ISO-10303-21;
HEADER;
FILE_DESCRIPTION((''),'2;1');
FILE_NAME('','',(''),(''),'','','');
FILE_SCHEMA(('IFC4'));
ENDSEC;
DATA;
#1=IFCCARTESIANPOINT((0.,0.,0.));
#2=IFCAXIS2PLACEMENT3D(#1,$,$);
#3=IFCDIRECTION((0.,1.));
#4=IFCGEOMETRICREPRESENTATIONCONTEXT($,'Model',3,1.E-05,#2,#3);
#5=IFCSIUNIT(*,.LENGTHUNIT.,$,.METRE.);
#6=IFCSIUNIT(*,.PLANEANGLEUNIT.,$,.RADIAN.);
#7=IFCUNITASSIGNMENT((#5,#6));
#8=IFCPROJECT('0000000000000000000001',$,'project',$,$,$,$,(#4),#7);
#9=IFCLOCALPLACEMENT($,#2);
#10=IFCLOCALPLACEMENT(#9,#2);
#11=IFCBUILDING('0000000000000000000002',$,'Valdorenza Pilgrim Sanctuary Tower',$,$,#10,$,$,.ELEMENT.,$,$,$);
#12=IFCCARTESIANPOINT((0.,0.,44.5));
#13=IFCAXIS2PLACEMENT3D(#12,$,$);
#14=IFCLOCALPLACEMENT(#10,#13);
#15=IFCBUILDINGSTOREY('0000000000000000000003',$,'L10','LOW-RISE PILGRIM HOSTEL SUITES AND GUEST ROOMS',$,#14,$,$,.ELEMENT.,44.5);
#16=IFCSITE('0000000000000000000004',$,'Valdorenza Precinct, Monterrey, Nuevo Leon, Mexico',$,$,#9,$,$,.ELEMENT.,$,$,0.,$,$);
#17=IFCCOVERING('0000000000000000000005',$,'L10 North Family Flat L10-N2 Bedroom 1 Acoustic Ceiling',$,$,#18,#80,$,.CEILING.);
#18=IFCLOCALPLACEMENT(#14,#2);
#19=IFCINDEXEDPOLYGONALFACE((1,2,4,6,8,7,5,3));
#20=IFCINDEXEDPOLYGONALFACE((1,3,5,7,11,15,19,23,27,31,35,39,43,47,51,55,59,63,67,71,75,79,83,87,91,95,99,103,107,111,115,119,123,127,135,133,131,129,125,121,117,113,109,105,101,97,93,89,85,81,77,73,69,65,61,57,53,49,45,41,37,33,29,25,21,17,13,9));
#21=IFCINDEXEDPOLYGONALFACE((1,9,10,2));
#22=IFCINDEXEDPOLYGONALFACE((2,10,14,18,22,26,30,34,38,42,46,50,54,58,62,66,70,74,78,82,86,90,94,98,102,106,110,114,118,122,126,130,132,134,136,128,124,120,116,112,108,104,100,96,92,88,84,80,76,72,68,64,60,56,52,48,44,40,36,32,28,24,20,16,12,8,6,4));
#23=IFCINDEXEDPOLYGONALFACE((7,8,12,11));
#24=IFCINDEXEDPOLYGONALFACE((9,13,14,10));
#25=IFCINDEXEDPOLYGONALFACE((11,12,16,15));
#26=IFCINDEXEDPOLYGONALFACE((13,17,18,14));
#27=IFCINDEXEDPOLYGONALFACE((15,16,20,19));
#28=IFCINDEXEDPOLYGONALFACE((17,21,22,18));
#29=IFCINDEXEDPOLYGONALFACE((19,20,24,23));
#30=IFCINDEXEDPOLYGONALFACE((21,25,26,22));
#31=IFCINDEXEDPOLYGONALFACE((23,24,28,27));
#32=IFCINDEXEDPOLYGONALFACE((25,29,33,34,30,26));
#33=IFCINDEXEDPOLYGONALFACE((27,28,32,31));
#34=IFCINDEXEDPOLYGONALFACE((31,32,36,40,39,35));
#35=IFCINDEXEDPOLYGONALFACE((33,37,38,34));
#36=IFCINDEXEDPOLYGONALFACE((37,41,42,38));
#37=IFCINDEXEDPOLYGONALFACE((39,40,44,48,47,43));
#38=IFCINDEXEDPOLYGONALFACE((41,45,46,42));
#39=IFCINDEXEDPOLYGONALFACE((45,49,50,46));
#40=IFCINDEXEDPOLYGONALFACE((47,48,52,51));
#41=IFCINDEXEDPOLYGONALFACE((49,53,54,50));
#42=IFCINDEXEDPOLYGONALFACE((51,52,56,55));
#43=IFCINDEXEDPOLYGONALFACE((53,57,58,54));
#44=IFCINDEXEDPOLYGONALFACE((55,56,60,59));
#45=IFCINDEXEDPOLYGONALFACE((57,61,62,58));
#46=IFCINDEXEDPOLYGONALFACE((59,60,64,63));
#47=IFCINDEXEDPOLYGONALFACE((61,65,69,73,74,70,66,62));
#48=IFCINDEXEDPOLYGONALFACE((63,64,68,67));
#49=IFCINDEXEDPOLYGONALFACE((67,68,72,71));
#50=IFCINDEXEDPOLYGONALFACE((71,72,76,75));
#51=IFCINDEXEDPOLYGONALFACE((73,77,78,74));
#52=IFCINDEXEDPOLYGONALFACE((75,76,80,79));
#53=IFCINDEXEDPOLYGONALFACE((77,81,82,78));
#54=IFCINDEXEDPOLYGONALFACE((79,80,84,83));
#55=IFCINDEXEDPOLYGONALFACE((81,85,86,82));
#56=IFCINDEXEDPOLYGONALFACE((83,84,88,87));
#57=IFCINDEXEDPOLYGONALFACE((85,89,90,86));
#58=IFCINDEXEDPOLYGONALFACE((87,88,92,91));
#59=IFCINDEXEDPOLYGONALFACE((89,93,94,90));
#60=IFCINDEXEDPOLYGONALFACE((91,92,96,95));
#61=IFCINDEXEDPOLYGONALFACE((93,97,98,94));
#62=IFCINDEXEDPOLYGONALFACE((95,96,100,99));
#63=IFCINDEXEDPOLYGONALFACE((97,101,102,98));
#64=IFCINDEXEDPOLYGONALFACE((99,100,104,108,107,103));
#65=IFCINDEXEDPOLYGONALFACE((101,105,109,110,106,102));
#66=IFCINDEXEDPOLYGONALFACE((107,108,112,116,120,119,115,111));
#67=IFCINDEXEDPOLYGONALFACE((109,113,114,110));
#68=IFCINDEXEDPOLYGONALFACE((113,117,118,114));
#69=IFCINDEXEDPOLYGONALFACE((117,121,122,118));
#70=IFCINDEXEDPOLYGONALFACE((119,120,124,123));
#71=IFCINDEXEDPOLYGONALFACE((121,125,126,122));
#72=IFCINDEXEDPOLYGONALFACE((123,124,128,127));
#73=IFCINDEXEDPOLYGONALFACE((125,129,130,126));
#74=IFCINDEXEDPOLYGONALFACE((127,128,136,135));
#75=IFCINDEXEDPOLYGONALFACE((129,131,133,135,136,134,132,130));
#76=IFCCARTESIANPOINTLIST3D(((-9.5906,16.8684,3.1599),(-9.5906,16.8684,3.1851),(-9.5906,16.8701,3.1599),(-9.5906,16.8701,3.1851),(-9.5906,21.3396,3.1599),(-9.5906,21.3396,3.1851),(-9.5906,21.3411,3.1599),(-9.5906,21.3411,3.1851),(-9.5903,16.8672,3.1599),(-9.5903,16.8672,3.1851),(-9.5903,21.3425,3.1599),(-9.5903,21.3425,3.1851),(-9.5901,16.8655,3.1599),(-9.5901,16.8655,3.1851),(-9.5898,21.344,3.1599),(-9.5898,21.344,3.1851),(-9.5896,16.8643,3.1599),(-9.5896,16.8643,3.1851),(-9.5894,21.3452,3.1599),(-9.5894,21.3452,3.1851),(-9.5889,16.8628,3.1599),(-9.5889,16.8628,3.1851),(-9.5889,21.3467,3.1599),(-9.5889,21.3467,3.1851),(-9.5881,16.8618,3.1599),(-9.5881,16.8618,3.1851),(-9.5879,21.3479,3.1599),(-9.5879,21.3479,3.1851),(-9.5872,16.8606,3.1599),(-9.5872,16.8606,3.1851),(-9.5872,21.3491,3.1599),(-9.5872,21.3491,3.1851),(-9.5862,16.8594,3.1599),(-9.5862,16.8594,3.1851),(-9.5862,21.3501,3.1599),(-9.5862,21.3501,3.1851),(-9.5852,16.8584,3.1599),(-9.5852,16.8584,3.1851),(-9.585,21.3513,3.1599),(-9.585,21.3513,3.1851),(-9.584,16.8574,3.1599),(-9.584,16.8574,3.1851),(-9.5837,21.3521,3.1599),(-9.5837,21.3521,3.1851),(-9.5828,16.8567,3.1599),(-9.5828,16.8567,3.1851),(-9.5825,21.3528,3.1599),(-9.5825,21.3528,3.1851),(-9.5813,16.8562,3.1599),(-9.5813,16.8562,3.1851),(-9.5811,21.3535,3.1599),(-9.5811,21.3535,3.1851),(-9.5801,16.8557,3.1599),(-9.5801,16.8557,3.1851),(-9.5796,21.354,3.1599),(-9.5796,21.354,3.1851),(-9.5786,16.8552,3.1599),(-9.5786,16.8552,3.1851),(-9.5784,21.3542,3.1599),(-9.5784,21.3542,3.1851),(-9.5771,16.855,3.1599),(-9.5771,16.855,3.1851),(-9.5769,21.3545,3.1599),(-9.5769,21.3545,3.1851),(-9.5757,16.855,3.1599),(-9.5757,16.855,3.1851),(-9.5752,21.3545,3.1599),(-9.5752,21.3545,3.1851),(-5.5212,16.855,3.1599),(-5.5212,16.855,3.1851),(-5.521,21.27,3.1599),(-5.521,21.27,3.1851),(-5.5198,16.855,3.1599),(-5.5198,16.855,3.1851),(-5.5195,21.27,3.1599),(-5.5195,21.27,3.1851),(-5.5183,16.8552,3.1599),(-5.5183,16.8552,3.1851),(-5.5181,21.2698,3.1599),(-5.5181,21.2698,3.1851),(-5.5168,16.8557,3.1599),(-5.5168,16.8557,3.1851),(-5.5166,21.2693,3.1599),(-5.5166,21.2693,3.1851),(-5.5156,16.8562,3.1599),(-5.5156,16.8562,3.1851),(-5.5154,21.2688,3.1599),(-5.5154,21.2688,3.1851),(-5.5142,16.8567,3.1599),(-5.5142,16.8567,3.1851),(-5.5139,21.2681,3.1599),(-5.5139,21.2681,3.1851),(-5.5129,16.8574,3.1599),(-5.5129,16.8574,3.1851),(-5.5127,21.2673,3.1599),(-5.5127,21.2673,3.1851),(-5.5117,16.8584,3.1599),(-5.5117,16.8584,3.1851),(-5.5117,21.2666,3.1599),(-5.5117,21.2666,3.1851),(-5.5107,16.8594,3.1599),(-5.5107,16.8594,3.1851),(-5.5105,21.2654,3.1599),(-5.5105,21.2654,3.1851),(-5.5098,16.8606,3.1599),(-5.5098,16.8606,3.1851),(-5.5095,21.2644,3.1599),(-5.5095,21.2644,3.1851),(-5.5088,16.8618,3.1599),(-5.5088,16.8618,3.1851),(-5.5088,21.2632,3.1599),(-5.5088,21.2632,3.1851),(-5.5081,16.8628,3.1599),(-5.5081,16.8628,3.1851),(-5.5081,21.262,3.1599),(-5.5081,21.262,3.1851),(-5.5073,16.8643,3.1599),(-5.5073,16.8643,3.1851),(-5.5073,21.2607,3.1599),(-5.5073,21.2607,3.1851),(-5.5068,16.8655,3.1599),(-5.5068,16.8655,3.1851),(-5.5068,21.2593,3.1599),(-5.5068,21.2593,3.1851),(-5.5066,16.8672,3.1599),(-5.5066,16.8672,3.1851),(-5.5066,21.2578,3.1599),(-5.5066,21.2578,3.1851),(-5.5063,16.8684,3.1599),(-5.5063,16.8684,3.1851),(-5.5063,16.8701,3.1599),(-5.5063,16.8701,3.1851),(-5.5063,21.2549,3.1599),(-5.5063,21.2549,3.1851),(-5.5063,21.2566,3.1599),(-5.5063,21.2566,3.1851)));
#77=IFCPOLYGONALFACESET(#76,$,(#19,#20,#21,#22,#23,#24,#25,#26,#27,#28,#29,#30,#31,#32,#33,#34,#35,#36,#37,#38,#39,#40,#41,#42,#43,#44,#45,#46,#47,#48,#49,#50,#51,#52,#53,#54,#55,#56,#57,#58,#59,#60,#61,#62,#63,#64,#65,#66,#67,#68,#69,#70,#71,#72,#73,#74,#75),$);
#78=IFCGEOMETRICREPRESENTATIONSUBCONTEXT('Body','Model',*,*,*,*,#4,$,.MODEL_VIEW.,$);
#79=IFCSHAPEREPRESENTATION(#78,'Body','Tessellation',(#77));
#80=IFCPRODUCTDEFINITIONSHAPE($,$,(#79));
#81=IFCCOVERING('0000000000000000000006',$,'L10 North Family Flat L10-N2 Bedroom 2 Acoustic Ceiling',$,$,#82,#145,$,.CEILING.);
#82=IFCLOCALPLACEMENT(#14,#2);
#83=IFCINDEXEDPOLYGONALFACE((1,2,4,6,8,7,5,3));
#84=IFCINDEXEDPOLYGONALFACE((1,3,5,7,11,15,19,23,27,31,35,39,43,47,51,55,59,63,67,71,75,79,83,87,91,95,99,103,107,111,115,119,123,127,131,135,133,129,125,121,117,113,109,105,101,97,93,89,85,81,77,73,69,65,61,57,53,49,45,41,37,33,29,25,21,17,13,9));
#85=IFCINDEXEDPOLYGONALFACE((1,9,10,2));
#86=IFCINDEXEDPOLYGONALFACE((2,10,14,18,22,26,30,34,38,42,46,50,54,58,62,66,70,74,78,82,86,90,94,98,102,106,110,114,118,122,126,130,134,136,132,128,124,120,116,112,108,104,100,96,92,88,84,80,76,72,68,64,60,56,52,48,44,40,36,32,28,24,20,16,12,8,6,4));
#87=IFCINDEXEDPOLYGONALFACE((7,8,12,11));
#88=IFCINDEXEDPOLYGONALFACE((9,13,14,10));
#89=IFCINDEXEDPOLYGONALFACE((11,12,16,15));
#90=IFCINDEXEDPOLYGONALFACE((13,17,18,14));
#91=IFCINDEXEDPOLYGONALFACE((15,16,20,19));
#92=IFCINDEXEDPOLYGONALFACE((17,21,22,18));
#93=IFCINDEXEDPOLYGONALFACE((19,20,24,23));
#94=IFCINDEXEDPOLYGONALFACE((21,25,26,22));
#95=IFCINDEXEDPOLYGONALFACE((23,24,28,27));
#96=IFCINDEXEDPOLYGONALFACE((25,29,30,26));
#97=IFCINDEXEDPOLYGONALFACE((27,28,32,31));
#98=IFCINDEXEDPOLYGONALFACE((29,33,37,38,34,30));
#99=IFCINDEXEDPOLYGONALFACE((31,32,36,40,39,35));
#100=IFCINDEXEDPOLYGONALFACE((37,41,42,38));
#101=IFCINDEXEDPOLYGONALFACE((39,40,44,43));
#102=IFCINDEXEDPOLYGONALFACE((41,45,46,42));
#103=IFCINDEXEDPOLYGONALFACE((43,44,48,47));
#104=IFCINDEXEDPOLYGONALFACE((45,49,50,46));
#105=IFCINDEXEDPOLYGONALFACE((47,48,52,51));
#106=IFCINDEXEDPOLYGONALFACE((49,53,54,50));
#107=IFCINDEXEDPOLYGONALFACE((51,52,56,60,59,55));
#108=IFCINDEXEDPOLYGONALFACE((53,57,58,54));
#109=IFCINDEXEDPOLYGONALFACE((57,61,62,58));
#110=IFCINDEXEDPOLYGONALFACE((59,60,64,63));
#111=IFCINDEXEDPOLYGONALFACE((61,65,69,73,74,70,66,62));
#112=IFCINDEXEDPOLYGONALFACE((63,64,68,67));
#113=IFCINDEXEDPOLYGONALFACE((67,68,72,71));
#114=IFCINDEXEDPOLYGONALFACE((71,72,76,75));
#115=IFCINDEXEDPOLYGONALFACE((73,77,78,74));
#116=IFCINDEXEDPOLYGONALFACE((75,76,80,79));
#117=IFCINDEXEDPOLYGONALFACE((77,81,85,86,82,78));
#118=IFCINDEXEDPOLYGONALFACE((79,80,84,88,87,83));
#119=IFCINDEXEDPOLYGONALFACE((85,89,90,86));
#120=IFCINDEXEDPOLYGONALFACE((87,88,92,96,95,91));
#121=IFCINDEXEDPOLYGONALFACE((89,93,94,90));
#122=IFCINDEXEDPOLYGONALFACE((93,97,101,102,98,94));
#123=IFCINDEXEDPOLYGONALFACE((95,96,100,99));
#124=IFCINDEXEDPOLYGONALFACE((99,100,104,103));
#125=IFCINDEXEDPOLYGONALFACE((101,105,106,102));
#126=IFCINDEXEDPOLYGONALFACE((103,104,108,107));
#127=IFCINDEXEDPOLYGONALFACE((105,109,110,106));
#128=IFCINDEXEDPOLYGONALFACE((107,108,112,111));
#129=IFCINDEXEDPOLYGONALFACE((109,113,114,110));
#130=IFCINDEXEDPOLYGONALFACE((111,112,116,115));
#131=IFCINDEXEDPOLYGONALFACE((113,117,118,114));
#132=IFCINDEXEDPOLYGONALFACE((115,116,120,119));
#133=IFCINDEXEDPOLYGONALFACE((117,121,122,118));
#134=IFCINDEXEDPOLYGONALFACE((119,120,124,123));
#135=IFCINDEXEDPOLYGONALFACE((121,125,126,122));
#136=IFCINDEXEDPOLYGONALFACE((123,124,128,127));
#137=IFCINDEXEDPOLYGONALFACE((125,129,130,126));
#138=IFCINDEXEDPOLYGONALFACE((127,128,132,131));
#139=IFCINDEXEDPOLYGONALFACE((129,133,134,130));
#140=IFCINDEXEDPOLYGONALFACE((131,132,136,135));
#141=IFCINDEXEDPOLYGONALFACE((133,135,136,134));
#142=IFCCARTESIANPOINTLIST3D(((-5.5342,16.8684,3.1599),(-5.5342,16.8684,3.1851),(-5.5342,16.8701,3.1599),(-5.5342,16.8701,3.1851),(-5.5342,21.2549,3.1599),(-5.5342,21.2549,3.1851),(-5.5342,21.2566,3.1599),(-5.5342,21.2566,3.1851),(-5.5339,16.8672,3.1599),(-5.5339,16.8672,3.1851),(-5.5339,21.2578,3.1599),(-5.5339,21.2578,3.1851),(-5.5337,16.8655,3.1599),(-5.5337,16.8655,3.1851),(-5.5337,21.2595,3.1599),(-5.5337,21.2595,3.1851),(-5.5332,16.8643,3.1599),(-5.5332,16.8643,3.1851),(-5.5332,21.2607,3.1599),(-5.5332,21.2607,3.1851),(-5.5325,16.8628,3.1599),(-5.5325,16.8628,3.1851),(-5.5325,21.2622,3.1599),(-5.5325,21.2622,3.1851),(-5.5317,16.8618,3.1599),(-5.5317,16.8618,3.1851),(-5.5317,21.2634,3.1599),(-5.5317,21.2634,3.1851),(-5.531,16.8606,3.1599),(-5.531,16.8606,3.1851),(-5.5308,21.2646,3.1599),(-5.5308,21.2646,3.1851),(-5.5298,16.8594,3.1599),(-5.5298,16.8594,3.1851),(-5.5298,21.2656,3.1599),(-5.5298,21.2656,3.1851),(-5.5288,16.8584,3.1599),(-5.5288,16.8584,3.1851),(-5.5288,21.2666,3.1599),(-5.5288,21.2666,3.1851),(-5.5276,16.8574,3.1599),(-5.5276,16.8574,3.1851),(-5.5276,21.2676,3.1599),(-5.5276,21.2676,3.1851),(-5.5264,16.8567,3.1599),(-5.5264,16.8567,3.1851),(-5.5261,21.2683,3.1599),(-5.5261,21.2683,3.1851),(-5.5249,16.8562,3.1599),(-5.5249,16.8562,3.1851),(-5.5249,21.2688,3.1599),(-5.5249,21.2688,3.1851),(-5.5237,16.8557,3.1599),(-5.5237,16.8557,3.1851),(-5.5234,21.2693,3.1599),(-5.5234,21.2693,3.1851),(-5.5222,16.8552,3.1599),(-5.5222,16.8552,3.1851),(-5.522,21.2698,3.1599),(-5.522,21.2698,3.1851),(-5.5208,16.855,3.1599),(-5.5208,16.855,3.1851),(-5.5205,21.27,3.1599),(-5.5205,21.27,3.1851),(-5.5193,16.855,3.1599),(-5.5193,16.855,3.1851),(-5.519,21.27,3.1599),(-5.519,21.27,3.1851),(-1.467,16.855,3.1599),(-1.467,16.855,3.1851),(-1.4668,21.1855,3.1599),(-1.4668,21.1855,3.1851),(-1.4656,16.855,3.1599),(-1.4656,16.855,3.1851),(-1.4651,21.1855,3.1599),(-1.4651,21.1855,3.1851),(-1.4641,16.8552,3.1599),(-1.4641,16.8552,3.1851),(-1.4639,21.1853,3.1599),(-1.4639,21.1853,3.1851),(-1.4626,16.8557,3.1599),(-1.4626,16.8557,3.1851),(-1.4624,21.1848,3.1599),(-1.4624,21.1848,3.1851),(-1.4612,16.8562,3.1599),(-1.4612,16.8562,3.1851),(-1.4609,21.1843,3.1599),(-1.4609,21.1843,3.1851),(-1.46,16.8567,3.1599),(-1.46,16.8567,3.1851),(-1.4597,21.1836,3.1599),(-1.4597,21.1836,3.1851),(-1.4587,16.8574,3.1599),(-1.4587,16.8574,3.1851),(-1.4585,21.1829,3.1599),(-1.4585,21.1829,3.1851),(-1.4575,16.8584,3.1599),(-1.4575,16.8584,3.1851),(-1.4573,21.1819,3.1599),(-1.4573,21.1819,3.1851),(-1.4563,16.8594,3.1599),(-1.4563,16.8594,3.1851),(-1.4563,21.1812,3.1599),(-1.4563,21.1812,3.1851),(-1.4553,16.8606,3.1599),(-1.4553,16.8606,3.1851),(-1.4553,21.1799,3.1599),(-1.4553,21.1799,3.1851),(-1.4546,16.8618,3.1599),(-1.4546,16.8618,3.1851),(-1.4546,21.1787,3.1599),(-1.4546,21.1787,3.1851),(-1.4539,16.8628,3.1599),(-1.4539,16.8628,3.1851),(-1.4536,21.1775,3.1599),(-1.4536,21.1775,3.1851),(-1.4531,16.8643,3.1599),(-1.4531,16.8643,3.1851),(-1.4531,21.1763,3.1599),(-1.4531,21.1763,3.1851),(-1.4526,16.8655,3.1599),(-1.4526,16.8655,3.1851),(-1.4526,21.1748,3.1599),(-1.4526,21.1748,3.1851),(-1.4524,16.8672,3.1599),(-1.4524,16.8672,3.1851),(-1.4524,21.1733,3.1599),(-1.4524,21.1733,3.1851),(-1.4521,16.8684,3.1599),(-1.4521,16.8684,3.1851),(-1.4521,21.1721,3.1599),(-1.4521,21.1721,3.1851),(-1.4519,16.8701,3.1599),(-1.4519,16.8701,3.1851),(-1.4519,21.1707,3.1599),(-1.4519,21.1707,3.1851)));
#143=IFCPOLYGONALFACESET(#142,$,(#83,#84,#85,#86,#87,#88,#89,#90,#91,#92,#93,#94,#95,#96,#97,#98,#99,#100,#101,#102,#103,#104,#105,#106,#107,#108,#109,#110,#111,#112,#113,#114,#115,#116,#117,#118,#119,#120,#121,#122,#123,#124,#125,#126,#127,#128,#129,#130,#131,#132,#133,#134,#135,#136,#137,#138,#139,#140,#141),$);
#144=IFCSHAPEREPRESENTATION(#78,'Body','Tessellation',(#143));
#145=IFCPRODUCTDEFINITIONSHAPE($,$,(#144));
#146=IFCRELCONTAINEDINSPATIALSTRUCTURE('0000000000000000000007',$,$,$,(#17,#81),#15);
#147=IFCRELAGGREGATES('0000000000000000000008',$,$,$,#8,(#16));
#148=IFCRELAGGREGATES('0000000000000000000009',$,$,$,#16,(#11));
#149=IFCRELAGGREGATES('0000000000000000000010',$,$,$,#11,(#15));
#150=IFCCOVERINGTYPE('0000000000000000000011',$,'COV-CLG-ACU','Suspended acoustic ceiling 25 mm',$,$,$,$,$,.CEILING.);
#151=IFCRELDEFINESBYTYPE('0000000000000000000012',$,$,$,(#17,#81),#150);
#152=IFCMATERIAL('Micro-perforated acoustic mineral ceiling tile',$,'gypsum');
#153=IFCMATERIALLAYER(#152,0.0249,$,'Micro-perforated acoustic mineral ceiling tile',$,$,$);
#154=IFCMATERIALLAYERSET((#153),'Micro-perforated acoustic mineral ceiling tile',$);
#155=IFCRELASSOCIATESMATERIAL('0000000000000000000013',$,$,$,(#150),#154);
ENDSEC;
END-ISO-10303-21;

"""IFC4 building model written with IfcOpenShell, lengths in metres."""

from ifc_helpers import new_model, si_unit, direction, frame, origin, place, context, subcontext, project, spatial, polyline, outline, extrude, material, layer, layer_set, type_object, element, save


model = new_model("IFC4")

# Units and contexts
model_context = context("Model", 3, precision=1e-05, world=origin(), true_north=direction((0.0, 1.0)))
body_context = subcontext(model_context, "Body", "Model", "MODEL_VIEW")
ifc_project = project(units=[si_unit("LENGTHUNIT", "METRE"), si_unit("PLANEANGLEUNIT", "RADIAN")], contexts=[model_context])

# Site, building, storey
site_placement = place(None, origin())
site = spatial("IfcSite", under=ifc_project, at=site_placement, Name="Valdorenza Precinct, Monterrey, Nuevo Leon, Mexico", CompositionType="ELEMENT", RefElevation=0.0)
building_placement = place(site_placement, origin())
building = spatial("IfcBuilding", under=site, at=building_placement, Name="Valdorenza Pilgrim Sanctuary Tower", CompositionType="ELEMENT")
storey_placement = place(building_placement, frame((0.0, 0.0, 44.5)))
storey = spatial("IfcBuildingStorey", under=building, at=storey_placement, Name="L10", Description="LOW-RISE PILGRIM HOSTEL SUITES AND GUEST ROOMS", CompositionType="ELEMENT", Elevation=44.5)

# Coverings
ifc_material_1 = material(Name="Micro-perforated acoustic mineral ceiling tile", Category="gypsum")
ifc_layer_1 = layer(ifc_material_1, 0.0249, Name="Micro-perforated acoustic mineral ceiling tile")
ifc_layer_set_1 = layer_set([ifc_layer_1], Name="Micro-perforated acoustic mineral ceiling tile")
covering_type_1 = type_object("IfcCoveringType", Name="COV-CLG-ACU", Description="Suspended acoustic ceiling 25 mm", PredefinedType="CEILING", material=ifc_layer_set_1)
covering_1_placement = place(storey_placement, frame((0.0, 0.0, 3.1599)))
element("IfcCovering", 1, at=covering_1_placement, inside=storey, type_object=covering_type_1, Name="L10 North Family Flat L10-N2 Bedroom 1 Acoustic Ceiling", PredefinedType="CEILING", context=body_context, shape_type="SweptSolid", body=[
    extrude(outline(polyline([(-9.5757, 16.855), (-9.5771, 16.855), (-9.5786, 16.8552), (-9.5801, 16.8557), (-9.5813, 16.8562), (-9.5828, 16.8567), (-9.584, 16.8574), (-9.5852, 16.8584), (-9.5862, 16.8594), (-9.5872, 16.8606), (-9.5881, 16.8618), (-9.5889, 16.8628), (-9.5896, 16.8643), (-9.5901, 16.8655), (-9.5903, 16.8672), (-9.5906, 16.8684), (-9.5906, 16.8701), (-9.5906, 21.3396), (-9.5906, 21.3411), (-9.5903, 21.3425), (-9.5898, 21.344), (-9.5894, 21.3452), (-9.5889, 21.3467), (-9.5879, 21.3479), (-9.5872, 21.3491), (-9.5862, 21.3501), (-9.585, 21.3513), (-9.5837, 21.3521), (-9.5825, 21.3528), (-9.5811, 21.3535), (-9.5796, 21.354), (-9.5784, 21.3542), (-9.5769, 21.3545), (-9.5752, 21.3545), (-5.521, 21.27), (-5.5195, 21.27), (-5.5181, 21.2698), (-5.5166, 21.2693), (-5.5154, 21.2688), (-5.5139, 21.2681), (-5.5127, 21.2673), (-5.5117, 21.2666), (-5.5105, 21.2654), (-5.5095, 21.2644), (-5.5088, 21.2632), (-5.5081, 21.262), (-5.5073, 21.2607), (-5.5068, 21.2593), (-5.5066, 21.2578), (-5.5063, 21.2566), (-5.5063, 21.2549), (-5.5063, 16.8701), (-5.5063, 16.8684), (-5.5066, 16.8672), (-5.5068, 16.8655), (-5.5073, 16.8643), (-5.5081, 16.8628), (-5.5088, 16.8618), (-5.5098, 16.8606), (-5.5107, 16.8594), (-5.5117, 16.8584), (-5.5129, 16.8574), (-5.5142, 16.8567), (-5.5156, 16.8562), (-5.5168, 16.8557), (-5.5183, 16.8552), (-5.5198, 16.855), (-5.5212, 16.855), (-9.5757, 16.855)])), origin(), (0.0, 0.0, 1.0), 0.0251),
])
covering_2_placement = place(storey_placement, frame((0.0, 0.0, 3.1599)))
element("IfcCovering", 2, at=covering_2_placement, inside=storey, type_object=covering_type_1, Name="L10 North Family Flat L10-N2 Bedroom 2 Acoustic Ceiling", PredefinedType="CEILING", context=body_context, shape_type="SweptSolid", body=[
    extrude(outline(polyline([(-5.5193, 16.855), (-5.5208, 16.855), (-5.5222, 16.8552), (-5.5237, 16.8557), (-5.5249, 16.8562), (-5.5264, 16.8567), (-5.5276, 16.8574), (-5.5288, 16.8584), (-5.5298, 16.8594), (-5.531, 16.8606), (-5.5317, 16.8618), (-5.5325, 16.8628), (-5.5332, 16.8643), (-5.5337, 16.8655), (-5.5339, 16.8672), (-5.5342, 16.8684), (-5.5342, 16.8701), (-5.5342, 21.2549), (-5.5342, 21.2566), (-5.5339, 21.2578), (-5.5337, 21.2595), (-5.5332, 21.2607), (-5.5325, 21.2622), (-5.5317, 21.2634), (-5.5308, 21.2646), (-5.5298, 21.2656), (-5.5288, 21.2666), (-5.5276, 21.2676), (-5.5261, 21.2683), (-5.5249, 21.2688), (-5.5234, 21.2693), (-5.522, 21.2698), (-5.5205, 21.27), (-5.519, 21.27), (-1.4668, 21.1855), (-1.4651, 21.1855), (-1.4639, 21.1853), (-1.4624, 21.1848), (-1.4609, 21.1843), (-1.4597, 21.1836), (-1.4585, 21.1829), (-1.4573, 21.1819), (-1.4563, 21.1812), (-1.4553, 21.1799), (-1.4546, 21.1787), (-1.4536, 21.1775), (-1.4531, 21.1763), (-1.4526, 21.1748), (-1.4524, 21.1733), (-1.4521, 21.1721), (-1.4519, 21.1707), (-1.4519, 16.8701), (-1.4521, 16.8684), (-1.4524, 16.8672), (-1.4526, 16.8655), (-1.4531, 16.8643), (-1.4539, 16.8628), (-1.4546, 16.8618), (-1.4553, 16.8606), (-1.4563, 16.8594), (-1.4575, 16.8584), (-1.4587, 16.8574), (-1.46, 16.8567), (-1.4612, 16.8562), (-1.4626, 16.8557), (-1.4641, 16.8552), (-1.4656, 16.855), (-1.467, 16.855), (-5.5193, 16.855)])), origin(), (0.0, 0.0, 1.0), 0.0251),
])

save(model, "model.ifc")
